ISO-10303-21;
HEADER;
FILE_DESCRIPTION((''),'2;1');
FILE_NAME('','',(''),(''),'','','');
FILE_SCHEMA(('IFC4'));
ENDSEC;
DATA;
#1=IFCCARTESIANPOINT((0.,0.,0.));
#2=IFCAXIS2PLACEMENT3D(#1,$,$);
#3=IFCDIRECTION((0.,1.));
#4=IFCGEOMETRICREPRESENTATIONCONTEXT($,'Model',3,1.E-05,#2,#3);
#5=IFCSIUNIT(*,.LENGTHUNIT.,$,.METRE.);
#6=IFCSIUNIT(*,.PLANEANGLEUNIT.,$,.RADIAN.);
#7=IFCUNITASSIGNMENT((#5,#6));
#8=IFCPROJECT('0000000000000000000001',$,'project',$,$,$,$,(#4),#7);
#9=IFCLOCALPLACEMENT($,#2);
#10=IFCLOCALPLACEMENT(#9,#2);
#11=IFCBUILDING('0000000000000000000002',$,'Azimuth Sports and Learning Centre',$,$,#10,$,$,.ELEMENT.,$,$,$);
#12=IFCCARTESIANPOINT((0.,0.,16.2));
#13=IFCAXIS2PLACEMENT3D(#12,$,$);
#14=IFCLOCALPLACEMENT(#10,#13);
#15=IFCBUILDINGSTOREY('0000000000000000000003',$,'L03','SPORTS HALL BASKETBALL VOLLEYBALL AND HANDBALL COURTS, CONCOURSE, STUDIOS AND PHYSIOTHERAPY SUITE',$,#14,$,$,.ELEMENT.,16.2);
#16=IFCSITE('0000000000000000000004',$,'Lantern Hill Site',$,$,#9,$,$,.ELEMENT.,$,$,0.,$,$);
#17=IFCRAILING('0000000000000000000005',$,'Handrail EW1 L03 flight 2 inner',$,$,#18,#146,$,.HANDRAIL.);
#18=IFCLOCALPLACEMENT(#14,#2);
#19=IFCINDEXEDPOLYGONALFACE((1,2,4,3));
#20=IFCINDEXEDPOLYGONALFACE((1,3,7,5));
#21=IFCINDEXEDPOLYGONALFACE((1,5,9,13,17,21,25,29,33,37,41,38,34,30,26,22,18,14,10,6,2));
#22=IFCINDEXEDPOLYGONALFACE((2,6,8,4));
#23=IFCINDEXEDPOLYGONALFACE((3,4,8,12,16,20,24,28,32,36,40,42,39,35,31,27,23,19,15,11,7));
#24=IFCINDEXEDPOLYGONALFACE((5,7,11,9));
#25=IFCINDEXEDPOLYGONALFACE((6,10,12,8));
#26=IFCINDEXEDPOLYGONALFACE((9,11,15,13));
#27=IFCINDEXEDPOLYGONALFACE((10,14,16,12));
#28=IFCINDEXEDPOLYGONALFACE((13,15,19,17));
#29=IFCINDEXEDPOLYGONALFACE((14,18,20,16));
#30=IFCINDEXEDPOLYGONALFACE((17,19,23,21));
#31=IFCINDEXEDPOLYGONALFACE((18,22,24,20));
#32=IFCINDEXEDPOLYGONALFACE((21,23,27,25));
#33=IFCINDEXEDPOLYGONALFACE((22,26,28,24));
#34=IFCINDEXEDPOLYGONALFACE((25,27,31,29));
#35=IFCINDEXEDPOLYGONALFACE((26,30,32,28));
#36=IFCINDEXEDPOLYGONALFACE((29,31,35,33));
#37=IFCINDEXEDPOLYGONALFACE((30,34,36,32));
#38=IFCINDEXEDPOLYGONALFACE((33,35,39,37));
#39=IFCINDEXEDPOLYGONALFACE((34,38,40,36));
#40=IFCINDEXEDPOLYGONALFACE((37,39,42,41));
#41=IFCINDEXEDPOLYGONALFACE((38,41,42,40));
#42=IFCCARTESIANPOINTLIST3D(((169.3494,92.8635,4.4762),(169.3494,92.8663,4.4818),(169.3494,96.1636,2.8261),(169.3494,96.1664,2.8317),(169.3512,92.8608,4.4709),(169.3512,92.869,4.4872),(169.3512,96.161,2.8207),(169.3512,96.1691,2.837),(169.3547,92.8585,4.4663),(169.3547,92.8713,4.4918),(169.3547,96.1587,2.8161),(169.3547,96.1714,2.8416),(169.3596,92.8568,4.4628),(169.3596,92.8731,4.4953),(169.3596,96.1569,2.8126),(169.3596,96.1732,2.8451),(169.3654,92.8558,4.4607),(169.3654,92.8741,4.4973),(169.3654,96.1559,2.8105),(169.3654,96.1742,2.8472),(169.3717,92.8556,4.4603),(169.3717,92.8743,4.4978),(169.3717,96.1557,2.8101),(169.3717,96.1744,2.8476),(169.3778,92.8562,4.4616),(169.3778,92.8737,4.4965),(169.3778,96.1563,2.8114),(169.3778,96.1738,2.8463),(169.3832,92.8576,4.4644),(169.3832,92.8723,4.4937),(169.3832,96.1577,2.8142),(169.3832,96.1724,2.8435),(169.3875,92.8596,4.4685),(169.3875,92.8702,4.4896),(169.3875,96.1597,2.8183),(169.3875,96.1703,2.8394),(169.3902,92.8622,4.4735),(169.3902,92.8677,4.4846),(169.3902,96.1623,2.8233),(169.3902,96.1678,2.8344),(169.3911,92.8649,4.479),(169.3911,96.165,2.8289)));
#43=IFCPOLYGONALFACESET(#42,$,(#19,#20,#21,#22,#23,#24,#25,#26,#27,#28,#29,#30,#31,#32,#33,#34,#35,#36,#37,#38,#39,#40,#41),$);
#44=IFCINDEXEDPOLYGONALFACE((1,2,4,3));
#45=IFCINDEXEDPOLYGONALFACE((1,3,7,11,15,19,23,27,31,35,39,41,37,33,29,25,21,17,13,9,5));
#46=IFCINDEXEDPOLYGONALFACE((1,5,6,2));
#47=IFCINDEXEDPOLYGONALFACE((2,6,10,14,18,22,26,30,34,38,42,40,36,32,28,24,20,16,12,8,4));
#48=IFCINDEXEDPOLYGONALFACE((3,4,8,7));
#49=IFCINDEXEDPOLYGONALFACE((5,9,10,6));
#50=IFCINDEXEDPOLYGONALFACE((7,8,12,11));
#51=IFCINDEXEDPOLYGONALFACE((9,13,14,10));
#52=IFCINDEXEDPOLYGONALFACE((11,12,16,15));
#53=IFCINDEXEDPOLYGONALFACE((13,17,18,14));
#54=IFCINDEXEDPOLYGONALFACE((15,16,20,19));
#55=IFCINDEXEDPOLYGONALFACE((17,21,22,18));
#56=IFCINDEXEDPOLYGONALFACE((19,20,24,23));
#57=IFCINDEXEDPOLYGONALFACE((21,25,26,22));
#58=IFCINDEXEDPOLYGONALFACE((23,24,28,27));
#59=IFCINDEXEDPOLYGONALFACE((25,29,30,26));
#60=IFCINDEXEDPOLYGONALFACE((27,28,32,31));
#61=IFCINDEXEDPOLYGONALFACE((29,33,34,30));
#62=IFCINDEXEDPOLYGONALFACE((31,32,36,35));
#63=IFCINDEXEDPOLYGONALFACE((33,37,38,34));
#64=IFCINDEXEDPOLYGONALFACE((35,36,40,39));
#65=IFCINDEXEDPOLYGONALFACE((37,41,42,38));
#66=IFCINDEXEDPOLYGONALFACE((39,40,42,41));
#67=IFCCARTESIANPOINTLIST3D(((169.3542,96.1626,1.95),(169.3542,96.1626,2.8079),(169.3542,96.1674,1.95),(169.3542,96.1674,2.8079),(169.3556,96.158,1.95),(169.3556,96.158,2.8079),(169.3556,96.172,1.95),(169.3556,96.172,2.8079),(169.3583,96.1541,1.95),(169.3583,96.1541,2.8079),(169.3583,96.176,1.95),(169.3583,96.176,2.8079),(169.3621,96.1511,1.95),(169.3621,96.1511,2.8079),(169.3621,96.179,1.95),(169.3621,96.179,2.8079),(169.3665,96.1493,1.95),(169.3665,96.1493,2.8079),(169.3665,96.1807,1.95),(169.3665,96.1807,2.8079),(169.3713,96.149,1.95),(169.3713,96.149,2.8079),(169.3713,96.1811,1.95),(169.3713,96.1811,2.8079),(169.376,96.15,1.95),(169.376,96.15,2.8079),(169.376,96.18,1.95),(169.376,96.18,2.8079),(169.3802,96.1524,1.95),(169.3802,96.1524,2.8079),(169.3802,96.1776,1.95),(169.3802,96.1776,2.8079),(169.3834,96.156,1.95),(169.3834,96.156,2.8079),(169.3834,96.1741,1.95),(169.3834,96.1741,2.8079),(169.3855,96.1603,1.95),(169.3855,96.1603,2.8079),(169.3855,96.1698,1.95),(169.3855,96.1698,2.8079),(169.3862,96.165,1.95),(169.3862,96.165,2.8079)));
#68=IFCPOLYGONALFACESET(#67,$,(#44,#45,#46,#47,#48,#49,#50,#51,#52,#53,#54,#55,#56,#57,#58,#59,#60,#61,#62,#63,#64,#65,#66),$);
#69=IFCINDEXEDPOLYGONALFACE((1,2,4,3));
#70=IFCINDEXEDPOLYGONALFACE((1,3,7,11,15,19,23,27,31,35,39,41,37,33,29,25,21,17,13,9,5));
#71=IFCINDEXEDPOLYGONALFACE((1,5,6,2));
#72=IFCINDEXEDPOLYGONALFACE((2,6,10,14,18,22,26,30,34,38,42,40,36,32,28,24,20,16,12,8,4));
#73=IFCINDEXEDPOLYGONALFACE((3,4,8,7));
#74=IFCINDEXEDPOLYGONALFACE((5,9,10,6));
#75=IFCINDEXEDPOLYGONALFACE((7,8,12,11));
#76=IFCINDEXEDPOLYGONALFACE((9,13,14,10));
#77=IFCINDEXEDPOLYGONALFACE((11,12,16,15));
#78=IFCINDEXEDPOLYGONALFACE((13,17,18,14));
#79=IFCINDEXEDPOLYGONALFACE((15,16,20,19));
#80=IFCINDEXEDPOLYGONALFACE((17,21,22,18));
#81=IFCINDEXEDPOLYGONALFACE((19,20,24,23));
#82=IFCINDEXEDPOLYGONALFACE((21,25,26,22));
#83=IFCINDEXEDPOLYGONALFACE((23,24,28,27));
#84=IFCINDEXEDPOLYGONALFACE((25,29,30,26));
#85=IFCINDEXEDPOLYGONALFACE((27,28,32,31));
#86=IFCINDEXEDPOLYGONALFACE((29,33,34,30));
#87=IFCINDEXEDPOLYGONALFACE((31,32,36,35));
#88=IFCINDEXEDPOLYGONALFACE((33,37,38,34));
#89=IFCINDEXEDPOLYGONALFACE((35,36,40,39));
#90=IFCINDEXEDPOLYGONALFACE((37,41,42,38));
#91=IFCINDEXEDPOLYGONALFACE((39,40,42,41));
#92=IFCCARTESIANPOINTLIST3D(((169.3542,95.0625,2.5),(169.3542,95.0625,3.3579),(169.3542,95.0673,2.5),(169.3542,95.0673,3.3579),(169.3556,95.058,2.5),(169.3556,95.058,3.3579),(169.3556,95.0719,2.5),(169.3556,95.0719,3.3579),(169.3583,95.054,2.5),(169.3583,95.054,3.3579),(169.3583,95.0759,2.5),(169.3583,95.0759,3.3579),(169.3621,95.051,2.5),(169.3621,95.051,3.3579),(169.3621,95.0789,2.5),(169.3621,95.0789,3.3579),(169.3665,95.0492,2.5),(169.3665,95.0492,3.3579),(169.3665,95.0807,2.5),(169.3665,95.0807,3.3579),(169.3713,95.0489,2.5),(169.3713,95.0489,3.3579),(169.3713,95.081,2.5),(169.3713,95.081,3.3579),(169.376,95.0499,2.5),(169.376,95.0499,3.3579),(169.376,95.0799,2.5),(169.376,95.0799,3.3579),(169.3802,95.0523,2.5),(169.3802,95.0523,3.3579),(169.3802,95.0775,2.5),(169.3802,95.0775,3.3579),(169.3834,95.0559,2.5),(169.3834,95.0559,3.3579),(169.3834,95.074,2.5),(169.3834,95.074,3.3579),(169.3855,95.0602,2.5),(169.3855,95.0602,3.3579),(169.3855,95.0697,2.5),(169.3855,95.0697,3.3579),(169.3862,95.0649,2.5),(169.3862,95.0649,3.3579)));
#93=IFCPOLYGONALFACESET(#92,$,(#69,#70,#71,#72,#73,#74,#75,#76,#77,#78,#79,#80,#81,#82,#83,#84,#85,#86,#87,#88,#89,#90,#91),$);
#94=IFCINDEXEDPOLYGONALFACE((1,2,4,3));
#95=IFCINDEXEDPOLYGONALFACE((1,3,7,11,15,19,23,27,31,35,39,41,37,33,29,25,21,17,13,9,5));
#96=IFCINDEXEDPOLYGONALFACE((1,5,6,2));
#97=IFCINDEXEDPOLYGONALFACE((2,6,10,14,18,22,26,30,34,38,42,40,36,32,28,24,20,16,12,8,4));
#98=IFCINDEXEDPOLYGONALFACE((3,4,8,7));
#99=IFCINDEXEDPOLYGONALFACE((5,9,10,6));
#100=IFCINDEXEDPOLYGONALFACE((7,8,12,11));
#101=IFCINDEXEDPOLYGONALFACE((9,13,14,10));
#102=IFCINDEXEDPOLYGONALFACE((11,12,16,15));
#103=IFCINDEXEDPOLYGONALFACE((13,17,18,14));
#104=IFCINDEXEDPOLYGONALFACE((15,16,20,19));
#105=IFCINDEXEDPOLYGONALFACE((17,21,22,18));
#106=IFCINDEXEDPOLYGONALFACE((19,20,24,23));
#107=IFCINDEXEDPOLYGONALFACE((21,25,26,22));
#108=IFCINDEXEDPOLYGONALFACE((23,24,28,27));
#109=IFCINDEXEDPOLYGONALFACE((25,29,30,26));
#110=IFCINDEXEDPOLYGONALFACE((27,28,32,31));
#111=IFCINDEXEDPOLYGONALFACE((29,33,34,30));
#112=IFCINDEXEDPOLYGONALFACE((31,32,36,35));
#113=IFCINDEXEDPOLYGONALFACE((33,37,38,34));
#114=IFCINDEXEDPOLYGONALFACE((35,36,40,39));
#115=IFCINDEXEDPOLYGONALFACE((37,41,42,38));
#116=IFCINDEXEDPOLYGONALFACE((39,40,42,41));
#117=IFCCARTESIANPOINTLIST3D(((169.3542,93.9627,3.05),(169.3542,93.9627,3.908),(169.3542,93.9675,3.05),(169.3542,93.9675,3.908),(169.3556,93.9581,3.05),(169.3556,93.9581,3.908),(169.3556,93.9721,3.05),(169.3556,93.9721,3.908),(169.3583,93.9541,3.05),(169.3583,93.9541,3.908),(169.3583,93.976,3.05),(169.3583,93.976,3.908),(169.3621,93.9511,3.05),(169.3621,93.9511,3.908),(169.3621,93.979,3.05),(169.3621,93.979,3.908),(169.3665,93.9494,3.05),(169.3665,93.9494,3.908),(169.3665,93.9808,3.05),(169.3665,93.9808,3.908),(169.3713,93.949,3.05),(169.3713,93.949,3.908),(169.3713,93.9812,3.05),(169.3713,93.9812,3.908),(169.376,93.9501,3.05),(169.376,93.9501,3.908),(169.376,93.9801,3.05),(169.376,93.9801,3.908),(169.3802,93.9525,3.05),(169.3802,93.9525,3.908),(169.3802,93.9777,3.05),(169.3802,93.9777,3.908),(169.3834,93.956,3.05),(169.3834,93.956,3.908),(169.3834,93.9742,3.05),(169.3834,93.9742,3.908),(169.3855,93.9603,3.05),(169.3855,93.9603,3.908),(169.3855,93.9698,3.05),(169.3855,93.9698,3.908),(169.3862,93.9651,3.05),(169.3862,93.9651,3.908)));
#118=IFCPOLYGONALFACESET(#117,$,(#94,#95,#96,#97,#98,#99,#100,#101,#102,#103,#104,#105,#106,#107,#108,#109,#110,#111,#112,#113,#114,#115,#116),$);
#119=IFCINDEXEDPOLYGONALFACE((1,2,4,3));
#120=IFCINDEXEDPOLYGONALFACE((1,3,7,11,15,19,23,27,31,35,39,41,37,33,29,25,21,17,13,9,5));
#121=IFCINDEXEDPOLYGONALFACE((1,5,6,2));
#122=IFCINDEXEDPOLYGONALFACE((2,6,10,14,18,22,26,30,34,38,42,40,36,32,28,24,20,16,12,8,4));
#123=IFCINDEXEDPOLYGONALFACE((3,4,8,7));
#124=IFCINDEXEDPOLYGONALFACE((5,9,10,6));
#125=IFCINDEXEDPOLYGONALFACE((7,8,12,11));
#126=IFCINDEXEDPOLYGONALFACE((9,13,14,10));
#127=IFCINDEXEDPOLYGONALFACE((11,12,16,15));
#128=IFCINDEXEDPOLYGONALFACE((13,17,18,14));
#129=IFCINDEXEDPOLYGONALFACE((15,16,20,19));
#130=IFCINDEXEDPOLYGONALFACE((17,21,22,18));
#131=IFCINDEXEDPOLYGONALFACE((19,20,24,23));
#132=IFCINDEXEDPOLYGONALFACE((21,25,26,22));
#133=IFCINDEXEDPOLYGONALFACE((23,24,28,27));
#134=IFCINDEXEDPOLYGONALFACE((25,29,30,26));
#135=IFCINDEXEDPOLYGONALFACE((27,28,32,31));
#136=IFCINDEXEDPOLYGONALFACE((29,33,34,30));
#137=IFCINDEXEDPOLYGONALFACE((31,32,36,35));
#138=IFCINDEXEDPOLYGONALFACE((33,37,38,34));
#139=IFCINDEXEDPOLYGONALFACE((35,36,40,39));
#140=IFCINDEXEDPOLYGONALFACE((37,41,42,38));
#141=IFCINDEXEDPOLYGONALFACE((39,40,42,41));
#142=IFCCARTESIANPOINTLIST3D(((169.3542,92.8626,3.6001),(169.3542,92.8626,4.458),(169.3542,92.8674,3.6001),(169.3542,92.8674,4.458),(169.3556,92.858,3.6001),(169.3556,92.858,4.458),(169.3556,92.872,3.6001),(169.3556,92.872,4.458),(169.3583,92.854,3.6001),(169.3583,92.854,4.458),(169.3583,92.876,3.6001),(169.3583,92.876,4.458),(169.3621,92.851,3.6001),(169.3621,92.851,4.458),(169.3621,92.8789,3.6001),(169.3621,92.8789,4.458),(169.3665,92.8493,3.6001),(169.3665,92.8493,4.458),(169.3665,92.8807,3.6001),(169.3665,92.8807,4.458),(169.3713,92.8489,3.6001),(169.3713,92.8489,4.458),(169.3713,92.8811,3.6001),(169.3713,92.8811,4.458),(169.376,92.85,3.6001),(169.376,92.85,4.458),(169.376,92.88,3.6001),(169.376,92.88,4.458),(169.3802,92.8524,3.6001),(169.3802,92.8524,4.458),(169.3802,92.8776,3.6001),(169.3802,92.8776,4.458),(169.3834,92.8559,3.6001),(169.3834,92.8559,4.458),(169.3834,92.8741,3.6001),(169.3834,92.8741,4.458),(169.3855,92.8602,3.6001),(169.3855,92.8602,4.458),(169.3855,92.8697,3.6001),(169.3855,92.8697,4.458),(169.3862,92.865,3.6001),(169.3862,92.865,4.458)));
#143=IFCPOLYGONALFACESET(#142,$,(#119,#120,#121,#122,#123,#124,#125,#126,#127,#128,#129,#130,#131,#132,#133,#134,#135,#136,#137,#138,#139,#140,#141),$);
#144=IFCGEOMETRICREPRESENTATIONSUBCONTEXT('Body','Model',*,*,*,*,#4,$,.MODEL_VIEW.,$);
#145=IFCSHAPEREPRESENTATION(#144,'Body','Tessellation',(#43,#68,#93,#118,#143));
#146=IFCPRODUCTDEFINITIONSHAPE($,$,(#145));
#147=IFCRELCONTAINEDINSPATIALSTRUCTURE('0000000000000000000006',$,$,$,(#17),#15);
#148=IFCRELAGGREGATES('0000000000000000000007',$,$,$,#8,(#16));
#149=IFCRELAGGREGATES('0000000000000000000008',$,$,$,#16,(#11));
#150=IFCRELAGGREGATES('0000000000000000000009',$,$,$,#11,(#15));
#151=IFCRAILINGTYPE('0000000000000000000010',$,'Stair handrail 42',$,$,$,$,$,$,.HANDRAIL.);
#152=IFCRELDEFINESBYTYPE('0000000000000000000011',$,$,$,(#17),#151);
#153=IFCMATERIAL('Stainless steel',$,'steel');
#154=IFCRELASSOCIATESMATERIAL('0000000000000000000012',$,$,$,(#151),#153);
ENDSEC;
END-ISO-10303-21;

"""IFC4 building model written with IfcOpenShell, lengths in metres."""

from ifc_helpers import new_model, si_unit, direction, frame, origin, origin_2d, place, context, subcontext, project, spatial, circle, extrude, material, type_object, element, save


model = new_model("IFC4")

# Units and contexts
model_context = context("Model", 3, precision=1e-05, world=origin(), true_north=direction((0.0, 1.0)))
body_context = subcontext(model_context, "Body", "Model", "MODEL_VIEW")
ifc_project = project(units=[si_unit("LENGTHUNIT", "METRE"), si_unit("PLANEANGLEUNIT", "RADIAN")], contexts=[model_context])

# Site, building, storey
site_placement = place(None, origin())
site = spatial("IfcSite", under=ifc_project, at=site_placement, Name="Lantern Hill Site", CompositionType="ELEMENT", RefElevation=0.0)
building_placement = place(site_placement, origin())
building = spatial("IfcBuilding", under=site, at=building_placement, Name="Azimuth Sports and Learning Centre", CompositionType="ELEMENT")
storey_placement = place(building_placement, frame((0.0, 0.0, 16.2)))
storey = spatial("IfcBuildingStorey", under=building, at=storey_placement, Name="L03", Description="SPORTS HALL BASKETBALL VOLLEYBALL AND HANDBALL COURTS, CONCOURSE, STUDIOS AND PHYSIOTHERAPY SUITE", CompositionType="ELEMENT", Elevation=16.2)

# Railing
ifc_material_1 = material(Name="Stainless steel", Category="steel")
railing_type = type_object("IfcRailingType", Name="Stair handrail 42", PredefinedType="HANDRAIL", material=ifc_material_1)
for number, where, name in (
    (1, (169.3701, 96.165, 1.95), "Handrail EW1 L03 flight 2 inner"),
):
    element("IfcRailing", number, at=place(storey_placement, frame(where)), inside=storey, type_object=railing_type, Name=name, PredefinedType="HANDRAIL", context=body_context, shape_type="SweptSolid", body=[
        extrude(circle(Radius=0.021, at=origin_2d()), frame((0.0, 0.0, 0.8789), z_axis=(0.0, -0.894414, 0.44724), x_axis=(1.0, 0.0, 0.0)), (0.0, 0.0, 1.0), 3.6897),
        extrude(circle(Radius=0.0161, at=origin_2d()), origin(), (0.0, 0.0, 1.0), 0.8579),
        extrude(circle(Radius=0.0161, at=origin_2d()), frame((0.0, -1.1001, 0.55)), (0.0, 0.0, 1.0), 0.8579),
        extrude(circle(Radius=0.0161, at=origin_2d()), frame((0.0, -2.2, 1.1001)), (0.0, 0.0, 1.0), 0.8579),
        extrude(circle(Radius=0.0161, at=origin_2d()), frame((0.0, -3.3, 1.6501)), (0.0, 0.0, 1.0), 0.8579),
    ])

save(model, "model.ifc")
